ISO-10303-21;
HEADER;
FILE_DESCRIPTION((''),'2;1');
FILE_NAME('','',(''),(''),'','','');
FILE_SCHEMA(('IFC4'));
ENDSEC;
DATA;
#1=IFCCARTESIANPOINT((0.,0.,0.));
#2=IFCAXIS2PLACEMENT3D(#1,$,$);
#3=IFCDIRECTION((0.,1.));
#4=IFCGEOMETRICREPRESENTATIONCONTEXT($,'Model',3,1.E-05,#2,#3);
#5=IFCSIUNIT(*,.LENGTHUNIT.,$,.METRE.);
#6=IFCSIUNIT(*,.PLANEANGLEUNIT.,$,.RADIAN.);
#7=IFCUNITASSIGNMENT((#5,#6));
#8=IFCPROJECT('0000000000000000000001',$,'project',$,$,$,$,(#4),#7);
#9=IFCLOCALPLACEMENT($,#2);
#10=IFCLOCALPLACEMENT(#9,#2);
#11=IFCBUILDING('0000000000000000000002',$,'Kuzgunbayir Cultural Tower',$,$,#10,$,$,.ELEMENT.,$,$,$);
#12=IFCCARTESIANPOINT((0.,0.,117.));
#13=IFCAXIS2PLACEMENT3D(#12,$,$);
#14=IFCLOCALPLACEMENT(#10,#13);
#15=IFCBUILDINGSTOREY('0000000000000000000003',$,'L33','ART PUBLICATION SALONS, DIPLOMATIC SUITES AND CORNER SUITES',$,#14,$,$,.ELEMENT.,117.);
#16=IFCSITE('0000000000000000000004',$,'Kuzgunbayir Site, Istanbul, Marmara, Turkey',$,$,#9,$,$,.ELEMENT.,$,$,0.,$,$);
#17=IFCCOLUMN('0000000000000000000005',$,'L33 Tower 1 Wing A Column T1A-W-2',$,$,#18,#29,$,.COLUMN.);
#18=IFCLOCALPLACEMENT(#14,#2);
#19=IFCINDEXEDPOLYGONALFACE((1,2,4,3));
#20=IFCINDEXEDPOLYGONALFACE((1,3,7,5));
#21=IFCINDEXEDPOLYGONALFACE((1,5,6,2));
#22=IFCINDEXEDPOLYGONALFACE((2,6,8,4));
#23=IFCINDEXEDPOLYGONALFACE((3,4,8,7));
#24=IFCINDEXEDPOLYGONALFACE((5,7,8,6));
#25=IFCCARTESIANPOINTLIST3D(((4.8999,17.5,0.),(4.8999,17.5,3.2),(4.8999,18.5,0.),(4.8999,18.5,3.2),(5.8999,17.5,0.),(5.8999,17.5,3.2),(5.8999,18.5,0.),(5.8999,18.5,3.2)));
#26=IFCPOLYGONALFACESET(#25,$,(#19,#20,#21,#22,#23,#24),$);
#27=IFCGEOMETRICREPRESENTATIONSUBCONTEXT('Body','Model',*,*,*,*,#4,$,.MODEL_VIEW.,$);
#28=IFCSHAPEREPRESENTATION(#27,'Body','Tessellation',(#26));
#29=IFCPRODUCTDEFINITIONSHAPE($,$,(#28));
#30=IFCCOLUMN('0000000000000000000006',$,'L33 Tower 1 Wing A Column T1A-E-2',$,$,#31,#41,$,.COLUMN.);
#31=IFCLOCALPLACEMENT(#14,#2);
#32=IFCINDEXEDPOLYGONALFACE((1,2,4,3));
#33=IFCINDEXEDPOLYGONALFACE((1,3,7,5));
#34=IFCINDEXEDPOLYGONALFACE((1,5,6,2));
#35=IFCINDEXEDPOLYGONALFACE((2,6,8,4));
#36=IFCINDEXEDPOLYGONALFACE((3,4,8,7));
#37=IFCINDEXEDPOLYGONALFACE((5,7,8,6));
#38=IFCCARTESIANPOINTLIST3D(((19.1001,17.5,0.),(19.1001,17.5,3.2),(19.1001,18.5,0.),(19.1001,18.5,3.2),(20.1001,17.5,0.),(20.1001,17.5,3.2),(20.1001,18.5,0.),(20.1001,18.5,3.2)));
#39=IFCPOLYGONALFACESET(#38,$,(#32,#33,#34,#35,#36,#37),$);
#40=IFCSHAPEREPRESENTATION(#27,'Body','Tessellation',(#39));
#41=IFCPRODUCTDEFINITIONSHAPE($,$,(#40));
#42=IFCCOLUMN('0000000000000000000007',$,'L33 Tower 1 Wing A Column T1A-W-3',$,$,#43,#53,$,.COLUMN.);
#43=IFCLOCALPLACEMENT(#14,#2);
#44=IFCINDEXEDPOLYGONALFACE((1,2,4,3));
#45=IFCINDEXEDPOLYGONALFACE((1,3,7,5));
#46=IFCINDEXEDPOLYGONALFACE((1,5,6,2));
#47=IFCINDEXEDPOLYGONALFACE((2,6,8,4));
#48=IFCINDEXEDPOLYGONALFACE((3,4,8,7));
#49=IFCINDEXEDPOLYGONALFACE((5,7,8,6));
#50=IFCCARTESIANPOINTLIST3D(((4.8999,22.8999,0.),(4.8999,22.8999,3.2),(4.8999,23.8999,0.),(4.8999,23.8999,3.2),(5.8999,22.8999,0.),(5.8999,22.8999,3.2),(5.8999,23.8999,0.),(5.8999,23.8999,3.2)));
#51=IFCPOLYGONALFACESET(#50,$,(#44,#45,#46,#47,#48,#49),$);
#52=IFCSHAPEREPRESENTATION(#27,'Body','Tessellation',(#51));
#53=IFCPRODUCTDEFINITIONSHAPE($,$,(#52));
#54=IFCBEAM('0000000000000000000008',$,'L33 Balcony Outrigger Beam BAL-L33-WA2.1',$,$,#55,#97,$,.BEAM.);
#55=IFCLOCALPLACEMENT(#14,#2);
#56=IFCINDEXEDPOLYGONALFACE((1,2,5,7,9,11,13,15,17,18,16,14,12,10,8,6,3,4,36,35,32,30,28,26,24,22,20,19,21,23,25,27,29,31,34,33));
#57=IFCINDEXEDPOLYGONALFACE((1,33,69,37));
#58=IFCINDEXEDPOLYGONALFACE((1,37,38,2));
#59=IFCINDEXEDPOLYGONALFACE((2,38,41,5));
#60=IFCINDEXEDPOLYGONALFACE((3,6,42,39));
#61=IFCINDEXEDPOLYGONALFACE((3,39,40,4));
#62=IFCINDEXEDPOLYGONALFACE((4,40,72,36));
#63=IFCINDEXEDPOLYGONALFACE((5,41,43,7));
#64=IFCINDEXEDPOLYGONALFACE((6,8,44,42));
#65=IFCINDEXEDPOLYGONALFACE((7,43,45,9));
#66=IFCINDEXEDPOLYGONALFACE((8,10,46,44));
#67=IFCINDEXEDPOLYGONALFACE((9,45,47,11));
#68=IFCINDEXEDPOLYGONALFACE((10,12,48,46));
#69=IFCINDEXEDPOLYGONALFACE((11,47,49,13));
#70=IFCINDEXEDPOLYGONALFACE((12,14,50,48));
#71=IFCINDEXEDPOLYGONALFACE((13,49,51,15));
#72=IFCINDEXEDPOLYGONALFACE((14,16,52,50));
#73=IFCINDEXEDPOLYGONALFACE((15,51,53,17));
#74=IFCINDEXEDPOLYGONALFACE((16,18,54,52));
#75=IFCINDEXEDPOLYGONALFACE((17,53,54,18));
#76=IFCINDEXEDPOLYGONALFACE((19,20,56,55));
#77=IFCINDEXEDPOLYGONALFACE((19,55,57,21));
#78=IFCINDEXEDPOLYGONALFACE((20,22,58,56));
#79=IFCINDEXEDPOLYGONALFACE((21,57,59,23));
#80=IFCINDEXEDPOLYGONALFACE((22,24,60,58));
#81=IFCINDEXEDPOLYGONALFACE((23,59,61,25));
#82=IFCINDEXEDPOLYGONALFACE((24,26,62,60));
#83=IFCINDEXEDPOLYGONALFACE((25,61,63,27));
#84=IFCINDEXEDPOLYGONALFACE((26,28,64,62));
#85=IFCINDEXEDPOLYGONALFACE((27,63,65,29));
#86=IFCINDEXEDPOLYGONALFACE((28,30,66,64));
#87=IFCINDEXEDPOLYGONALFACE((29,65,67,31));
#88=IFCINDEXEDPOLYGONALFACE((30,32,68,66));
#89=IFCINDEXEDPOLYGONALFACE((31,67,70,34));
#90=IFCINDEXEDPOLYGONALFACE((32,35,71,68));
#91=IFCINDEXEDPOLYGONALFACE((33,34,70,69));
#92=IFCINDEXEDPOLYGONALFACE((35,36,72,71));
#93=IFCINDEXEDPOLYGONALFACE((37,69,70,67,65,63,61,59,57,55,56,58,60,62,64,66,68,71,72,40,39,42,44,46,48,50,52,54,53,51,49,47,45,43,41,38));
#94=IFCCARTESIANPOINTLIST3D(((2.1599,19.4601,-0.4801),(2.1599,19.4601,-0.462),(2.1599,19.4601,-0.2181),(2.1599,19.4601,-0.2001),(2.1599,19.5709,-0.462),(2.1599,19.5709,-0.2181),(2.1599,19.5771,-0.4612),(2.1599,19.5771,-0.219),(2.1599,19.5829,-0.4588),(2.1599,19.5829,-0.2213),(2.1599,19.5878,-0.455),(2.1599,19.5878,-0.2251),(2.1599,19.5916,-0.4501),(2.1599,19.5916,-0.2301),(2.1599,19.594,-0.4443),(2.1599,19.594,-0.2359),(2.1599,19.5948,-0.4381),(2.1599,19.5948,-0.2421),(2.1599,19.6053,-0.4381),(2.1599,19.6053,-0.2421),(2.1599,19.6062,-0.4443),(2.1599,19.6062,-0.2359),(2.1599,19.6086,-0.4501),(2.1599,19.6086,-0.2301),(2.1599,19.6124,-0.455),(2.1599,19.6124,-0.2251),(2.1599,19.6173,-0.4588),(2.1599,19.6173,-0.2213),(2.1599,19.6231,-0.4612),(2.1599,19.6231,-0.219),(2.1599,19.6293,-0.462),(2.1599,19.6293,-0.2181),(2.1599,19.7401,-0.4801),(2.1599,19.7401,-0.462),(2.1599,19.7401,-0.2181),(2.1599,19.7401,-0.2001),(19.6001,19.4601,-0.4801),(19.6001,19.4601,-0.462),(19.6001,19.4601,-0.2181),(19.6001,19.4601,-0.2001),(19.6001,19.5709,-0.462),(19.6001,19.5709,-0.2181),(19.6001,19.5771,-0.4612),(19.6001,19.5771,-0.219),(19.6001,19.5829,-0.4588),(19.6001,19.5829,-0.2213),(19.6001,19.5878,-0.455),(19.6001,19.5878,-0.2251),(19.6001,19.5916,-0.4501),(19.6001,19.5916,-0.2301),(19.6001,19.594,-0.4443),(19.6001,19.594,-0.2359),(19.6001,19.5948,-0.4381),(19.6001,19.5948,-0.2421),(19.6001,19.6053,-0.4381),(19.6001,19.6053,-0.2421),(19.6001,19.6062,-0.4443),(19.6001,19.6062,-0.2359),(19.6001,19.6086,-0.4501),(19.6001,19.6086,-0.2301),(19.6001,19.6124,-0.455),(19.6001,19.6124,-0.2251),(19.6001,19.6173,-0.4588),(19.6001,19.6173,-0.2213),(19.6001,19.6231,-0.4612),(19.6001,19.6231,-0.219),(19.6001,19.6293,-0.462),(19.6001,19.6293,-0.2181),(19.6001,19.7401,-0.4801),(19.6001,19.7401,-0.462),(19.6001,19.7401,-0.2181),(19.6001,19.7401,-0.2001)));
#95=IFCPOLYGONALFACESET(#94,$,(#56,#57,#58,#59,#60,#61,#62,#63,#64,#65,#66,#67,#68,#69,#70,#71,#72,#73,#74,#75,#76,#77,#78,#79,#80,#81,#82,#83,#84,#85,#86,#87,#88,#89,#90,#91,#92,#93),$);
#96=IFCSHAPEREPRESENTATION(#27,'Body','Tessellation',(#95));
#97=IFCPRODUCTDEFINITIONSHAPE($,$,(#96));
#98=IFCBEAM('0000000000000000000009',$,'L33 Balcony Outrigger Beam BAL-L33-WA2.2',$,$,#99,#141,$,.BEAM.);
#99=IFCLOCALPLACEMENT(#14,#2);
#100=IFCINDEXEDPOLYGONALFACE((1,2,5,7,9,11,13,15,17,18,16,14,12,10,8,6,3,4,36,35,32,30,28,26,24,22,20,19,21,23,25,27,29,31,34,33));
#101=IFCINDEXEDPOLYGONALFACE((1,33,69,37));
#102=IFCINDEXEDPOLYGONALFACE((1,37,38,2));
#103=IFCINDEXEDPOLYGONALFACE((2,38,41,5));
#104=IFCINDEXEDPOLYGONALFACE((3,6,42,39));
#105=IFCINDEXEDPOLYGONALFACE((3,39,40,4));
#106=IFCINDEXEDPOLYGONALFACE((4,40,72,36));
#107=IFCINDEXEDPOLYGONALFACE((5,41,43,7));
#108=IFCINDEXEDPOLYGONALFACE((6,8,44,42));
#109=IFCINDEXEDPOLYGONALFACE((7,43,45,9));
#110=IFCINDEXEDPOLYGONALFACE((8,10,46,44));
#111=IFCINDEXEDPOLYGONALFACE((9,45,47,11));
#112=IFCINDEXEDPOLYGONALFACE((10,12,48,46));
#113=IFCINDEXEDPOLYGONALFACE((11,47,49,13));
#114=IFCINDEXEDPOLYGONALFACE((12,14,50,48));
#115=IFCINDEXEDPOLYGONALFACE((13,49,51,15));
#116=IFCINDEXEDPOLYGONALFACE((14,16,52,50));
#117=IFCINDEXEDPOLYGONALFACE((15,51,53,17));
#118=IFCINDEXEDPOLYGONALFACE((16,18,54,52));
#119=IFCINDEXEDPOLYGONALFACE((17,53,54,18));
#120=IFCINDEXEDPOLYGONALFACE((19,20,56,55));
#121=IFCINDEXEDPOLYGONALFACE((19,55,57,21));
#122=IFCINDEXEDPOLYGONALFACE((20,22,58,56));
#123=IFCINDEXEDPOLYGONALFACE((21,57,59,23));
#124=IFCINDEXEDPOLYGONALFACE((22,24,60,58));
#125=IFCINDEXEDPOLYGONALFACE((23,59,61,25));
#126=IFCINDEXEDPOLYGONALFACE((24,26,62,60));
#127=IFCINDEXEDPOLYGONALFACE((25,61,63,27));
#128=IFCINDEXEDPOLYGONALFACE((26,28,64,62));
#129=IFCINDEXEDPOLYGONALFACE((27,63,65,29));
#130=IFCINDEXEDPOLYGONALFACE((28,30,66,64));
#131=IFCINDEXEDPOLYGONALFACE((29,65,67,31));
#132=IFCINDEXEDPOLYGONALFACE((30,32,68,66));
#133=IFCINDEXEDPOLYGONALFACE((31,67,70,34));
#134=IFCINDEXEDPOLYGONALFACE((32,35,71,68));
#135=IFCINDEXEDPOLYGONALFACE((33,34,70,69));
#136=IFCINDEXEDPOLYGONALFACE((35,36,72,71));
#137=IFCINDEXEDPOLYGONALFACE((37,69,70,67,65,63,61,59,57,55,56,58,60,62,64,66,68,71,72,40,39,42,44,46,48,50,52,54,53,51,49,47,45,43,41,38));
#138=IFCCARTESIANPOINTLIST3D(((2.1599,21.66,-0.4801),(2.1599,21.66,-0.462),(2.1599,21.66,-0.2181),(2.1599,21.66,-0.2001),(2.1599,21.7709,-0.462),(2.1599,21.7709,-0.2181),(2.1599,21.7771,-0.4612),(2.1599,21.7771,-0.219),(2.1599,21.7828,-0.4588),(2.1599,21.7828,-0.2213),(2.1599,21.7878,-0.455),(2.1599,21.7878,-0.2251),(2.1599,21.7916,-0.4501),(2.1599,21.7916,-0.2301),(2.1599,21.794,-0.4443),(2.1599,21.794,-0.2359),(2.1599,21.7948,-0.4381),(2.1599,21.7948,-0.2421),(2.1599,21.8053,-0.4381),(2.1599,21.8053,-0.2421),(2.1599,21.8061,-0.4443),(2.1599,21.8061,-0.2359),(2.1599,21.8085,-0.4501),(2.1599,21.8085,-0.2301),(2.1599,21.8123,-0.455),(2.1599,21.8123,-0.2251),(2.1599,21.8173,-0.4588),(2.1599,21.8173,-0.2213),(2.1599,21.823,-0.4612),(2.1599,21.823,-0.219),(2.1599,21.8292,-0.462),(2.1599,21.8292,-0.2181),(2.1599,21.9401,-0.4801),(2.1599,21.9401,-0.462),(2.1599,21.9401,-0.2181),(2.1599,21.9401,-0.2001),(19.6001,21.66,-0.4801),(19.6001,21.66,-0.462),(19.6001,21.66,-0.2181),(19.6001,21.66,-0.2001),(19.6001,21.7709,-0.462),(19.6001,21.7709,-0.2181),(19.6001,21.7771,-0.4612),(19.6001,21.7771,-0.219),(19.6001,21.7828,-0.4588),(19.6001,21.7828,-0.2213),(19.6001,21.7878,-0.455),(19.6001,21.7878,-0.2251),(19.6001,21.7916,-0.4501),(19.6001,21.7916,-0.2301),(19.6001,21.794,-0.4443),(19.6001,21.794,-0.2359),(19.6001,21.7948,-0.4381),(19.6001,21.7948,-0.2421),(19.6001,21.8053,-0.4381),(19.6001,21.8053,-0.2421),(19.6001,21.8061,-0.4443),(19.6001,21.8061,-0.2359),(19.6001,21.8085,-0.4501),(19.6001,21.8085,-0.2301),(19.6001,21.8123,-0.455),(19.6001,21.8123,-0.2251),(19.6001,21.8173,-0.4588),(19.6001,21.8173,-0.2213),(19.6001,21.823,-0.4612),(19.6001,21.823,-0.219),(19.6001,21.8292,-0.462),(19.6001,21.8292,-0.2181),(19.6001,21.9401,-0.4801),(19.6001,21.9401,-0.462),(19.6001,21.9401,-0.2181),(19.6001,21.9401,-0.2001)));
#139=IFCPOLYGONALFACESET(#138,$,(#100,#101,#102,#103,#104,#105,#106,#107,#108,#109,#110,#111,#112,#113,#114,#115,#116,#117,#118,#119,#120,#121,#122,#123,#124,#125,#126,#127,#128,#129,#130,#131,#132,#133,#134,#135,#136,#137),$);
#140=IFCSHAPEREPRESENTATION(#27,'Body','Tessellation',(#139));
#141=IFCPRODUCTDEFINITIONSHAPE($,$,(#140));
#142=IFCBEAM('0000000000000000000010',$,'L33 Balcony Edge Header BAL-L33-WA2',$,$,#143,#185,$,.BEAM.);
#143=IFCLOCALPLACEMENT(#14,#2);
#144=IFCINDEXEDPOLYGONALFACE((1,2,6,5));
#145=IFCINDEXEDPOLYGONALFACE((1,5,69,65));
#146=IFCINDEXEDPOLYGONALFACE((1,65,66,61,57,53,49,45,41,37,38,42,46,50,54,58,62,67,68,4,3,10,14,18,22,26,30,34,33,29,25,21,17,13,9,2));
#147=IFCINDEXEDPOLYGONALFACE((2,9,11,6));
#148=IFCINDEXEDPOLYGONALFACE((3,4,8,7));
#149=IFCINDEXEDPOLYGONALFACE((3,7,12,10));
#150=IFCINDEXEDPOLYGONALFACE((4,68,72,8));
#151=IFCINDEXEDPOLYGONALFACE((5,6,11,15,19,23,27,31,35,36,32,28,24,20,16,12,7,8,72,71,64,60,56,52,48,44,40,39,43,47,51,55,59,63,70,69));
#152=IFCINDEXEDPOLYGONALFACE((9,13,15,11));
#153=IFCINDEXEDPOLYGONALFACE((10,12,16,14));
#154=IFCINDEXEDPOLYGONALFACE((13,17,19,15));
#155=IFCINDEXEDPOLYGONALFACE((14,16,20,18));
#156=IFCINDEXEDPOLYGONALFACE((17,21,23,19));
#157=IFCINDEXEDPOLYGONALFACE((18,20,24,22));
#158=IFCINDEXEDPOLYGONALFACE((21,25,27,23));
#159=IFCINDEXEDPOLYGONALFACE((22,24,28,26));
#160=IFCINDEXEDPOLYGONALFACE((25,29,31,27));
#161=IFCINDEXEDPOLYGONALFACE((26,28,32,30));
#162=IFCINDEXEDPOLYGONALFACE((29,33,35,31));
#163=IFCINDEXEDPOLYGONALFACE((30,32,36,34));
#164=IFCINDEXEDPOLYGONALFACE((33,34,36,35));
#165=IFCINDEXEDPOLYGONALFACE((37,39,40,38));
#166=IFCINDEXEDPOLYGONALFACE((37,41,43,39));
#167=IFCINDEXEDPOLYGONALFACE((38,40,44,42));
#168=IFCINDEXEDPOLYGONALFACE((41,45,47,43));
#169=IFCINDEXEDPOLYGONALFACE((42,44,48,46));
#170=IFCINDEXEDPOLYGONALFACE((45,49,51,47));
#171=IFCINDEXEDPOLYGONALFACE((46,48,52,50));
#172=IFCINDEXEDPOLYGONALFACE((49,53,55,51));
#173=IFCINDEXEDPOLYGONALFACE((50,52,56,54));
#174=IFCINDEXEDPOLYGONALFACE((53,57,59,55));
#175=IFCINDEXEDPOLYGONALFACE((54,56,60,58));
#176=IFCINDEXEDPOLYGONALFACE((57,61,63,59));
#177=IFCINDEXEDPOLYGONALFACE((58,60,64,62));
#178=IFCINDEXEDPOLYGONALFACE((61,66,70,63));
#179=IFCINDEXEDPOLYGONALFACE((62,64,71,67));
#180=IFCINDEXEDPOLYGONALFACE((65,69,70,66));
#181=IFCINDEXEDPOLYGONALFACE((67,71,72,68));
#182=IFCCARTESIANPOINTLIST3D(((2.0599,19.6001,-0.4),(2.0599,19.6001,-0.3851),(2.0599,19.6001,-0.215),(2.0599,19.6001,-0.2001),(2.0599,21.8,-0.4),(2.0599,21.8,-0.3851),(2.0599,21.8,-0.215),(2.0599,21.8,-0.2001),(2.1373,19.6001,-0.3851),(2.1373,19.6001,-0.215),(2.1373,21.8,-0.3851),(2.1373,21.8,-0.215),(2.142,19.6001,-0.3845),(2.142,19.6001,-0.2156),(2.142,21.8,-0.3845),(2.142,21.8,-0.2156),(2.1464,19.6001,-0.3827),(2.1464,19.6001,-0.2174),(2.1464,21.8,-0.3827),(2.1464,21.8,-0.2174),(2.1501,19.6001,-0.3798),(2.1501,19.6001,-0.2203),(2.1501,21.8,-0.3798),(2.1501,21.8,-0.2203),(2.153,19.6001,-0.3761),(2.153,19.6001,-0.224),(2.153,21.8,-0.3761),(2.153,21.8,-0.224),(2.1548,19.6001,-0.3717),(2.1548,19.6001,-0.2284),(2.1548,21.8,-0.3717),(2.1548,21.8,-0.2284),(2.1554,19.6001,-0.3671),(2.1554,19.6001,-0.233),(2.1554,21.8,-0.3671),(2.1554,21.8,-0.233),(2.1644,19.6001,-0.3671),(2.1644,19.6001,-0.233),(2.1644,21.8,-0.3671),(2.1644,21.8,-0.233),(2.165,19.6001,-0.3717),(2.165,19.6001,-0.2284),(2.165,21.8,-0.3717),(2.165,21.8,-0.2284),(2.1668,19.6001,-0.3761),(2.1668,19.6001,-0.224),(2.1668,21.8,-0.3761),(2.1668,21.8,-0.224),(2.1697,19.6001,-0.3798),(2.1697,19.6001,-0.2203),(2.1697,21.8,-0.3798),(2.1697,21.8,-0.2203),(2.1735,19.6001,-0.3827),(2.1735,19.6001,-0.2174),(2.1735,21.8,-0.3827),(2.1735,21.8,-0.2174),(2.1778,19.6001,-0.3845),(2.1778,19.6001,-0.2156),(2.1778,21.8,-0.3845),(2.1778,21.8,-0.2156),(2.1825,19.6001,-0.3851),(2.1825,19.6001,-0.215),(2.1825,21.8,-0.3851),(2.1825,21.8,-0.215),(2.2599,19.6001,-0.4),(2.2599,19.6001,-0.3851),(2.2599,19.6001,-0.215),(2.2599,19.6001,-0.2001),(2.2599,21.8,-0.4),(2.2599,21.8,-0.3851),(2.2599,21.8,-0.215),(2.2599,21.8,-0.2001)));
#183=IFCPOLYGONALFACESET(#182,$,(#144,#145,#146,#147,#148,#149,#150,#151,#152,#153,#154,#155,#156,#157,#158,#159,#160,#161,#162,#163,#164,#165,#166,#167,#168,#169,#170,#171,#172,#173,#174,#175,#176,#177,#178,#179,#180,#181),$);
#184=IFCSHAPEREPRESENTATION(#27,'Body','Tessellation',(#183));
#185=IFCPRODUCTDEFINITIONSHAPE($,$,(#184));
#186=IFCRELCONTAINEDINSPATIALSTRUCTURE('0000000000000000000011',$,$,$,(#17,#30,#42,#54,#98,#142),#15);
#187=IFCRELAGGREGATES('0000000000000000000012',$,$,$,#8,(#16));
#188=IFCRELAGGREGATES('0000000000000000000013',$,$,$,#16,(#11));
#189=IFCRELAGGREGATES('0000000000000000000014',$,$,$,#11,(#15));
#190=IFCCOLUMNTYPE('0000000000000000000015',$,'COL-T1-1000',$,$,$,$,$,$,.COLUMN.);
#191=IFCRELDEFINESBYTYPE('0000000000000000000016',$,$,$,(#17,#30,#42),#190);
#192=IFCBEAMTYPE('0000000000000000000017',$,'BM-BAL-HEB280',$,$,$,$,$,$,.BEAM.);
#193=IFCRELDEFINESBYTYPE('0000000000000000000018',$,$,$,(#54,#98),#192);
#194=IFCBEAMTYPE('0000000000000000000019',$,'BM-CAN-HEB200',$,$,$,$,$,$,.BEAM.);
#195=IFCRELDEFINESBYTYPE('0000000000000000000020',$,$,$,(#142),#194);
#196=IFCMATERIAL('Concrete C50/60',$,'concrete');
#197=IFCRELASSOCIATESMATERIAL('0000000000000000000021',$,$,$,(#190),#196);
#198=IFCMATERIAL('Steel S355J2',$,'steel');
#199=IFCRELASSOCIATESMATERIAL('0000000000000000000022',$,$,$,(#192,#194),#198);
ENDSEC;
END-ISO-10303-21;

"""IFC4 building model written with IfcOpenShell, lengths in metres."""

from ifc_helpers import new_model, si_unit, direction, frame, origin, origin_2d, place, context, subcontext, project, spatial, rectangle, i_section, extrude, material, material_profile, profile_set, type_object, element, save


model = new_model("IFC4")

# Units and contexts
model_context = context("Model", 3, precision=1e-05, world=origin(), true_north=direction((0.0, 1.0)))
body_context = subcontext(model_context, "Body", "Model", "MODEL_VIEW")
ifc_project = project(units=[si_unit("LENGTHUNIT", "METRE"), si_unit("PLANEANGLEUNIT", "RADIAN")], contexts=[model_context])

# Site, building, storey
site_placement = place(None, origin())
site = spatial("IfcSite", under=ifc_project, at=site_placement, Name="Kuzgunbayir Site, Istanbul, Marmara, Turkey", CompositionType="ELEMENT", RefElevation=0.0)
building_placement = place(site_placement, origin())
building = spatial("IfcBuilding", under=site, at=building_placement, Name="Kuzgunbayir Cultural Tower", CompositionType="ELEMENT")
storey_placement = place(building_placement, frame((0.0, 0.0, 117.0)))
storey = spatial("IfcBuildingStorey", under=building, at=storey_placement, Name="L33", Description="ART PUBLICATION SALONS, DIPLOMATIC SUITES AND CORNER SUITES", CompositionType="ELEMENT", Elevation=117.0)

# Columns
ifc_material_1 = material(Name="Concrete C50/60", Category="concrete")
ifc_material_profile_1 = material_profile(ifc_material_1, rectangle(XDim=1.0, YDim=1.0, at=origin_2d()), Name="RC 1000x1000")
ifc_profile_set_1 = profile_set([ifc_material_profile_1], Name="Concrete C50/60")
column_type = type_object("IfcColumnType", Name="COL-T1-1000", PredefinedType="COLUMN", material=ifc_profile_set_1)
for number, where, z_axis, x_axis, name in (
    (1, (5.3999, 18.0, 0.0), (0.0, 0.0, 1.0), (1.0, 0.0, 0.0), "L33 Tower 1 Wing A Column T1A-W-2"),
    (2, (19.6001, 18.0, 0.0), (0.0, 0.0, 1.0), (1.0, 0.0, 0.0), "L33 Tower 1 Wing A Column T1A-E-2"),
    (3, (5.3999, 23.3999, 0.0), (0.0, 0.0, 1.0), (1.0, 0.0, 0.0), "L33 Tower 1 Wing A Column T1A-W-3"),
):
    element("IfcColumn", number, at=place(storey_placement, frame(where, z_axis=z_axis, x_axis=x_axis)), inside=storey, type_object=column_type, Name=name, PredefinedType="COLUMN", context=body_context, shape_type="SweptSolid", body=[
        extrude(rectangle(XDim=1.0, YDim=1.0, at=origin_2d()), origin(), (0.0, 0.0, 1.0), 3.2),
    ])

# Beams
ifc_material_2 = material(Name="Steel S355J2", Category="steel")
ifc_material_profile_2 = material_profile(ifc_material_2, i_section(OverallWidth=0.28, OverallDepth=0.28, WebThickness=0.0105, FlangeThickness=0.0181, FilletRadius=0.0239, at=origin_2d()), Name="HEB 280")
ifc_profile_set_2 = profile_set([ifc_material_profile_2], Name="Steel S355J2")
beam_type_1 = type_object("IfcBeamType", Name="BM-BAL-HEB280", PredefinedType="BEAM", material=ifc_profile_set_2)
for number, where, z_axis, x_axis, name in (
    (4, (2.1599, 19.6001, -0.3401), (1.0, 0.0, 0.0), (0.0, 1.0, 0.0), "L33 Balcony Outrigger Beam BAL-L33-WA2.1"),
    (5, (2.1599, 21.8, -0.3401), (1.0, 0.0, 0.0), (0.0, 1.0, 0.0), "L33 Balcony Outrigger Beam BAL-L33-WA2.2"),
):
    element("IfcBeam", number, at=place(storey_placement, frame(where, z_axis=z_axis, x_axis=x_axis)), inside=storey, type_object=beam_type_1, Name=name, PredefinedType="BEAM", context=body_context, shape_type="SweptSolid", body=[
        extrude(i_section(OverallWidth=0.28, OverallDepth=0.28, WebThickness=0.0105, FlangeThickness=0.0181, FilletRadius=0.0239, at=origin_2d()), origin(), (0.0, 0.0, 1.0), 17.4402),
    ])
ifc_material_profile_3 = material_profile(ifc_material_2, i_section(OverallWidth=0.2, OverallDepth=0.2, WebThickness=0.009, FlangeThickness=0.0149, FilletRadius=0.0181, at=origin_2d()), Name="HEB 200")
ifc_profile_set_3 = profile_set([ifc_material_profile_3], Name="Steel S355J2")
beam_type_2 = type_object("IfcBeamType", Name="BM-CAN-HEB200", PredefinedType="BEAM", material=ifc_profile_set_3)
beam_1_placement = place(storey_placement, frame((2.1599, 19.6001, -0.3), z_axis=(0.0, 1.0, 0.0), x_axis=(-1.0, 0.0, 0.0)))
element("IfcBeam", 6, at=beam_1_placement, inside=storey, type_object=beam_type_2, Name="L33 Balcony Edge Header BAL-L33-WA2", PredefinedType="BEAM", context=body_context, shape_type="SweptSolid", body=[
    extrude(i_section(OverallWidth=0.2, OverallDepth=0.2, WebThickness=0.009, FlangeThickness=0.0149, FilletRadius=0.0181, at=origin_2d()), origin(), (0.0, 0.0, 1.0), 2.2),
])

save(model, "model.ifc")
